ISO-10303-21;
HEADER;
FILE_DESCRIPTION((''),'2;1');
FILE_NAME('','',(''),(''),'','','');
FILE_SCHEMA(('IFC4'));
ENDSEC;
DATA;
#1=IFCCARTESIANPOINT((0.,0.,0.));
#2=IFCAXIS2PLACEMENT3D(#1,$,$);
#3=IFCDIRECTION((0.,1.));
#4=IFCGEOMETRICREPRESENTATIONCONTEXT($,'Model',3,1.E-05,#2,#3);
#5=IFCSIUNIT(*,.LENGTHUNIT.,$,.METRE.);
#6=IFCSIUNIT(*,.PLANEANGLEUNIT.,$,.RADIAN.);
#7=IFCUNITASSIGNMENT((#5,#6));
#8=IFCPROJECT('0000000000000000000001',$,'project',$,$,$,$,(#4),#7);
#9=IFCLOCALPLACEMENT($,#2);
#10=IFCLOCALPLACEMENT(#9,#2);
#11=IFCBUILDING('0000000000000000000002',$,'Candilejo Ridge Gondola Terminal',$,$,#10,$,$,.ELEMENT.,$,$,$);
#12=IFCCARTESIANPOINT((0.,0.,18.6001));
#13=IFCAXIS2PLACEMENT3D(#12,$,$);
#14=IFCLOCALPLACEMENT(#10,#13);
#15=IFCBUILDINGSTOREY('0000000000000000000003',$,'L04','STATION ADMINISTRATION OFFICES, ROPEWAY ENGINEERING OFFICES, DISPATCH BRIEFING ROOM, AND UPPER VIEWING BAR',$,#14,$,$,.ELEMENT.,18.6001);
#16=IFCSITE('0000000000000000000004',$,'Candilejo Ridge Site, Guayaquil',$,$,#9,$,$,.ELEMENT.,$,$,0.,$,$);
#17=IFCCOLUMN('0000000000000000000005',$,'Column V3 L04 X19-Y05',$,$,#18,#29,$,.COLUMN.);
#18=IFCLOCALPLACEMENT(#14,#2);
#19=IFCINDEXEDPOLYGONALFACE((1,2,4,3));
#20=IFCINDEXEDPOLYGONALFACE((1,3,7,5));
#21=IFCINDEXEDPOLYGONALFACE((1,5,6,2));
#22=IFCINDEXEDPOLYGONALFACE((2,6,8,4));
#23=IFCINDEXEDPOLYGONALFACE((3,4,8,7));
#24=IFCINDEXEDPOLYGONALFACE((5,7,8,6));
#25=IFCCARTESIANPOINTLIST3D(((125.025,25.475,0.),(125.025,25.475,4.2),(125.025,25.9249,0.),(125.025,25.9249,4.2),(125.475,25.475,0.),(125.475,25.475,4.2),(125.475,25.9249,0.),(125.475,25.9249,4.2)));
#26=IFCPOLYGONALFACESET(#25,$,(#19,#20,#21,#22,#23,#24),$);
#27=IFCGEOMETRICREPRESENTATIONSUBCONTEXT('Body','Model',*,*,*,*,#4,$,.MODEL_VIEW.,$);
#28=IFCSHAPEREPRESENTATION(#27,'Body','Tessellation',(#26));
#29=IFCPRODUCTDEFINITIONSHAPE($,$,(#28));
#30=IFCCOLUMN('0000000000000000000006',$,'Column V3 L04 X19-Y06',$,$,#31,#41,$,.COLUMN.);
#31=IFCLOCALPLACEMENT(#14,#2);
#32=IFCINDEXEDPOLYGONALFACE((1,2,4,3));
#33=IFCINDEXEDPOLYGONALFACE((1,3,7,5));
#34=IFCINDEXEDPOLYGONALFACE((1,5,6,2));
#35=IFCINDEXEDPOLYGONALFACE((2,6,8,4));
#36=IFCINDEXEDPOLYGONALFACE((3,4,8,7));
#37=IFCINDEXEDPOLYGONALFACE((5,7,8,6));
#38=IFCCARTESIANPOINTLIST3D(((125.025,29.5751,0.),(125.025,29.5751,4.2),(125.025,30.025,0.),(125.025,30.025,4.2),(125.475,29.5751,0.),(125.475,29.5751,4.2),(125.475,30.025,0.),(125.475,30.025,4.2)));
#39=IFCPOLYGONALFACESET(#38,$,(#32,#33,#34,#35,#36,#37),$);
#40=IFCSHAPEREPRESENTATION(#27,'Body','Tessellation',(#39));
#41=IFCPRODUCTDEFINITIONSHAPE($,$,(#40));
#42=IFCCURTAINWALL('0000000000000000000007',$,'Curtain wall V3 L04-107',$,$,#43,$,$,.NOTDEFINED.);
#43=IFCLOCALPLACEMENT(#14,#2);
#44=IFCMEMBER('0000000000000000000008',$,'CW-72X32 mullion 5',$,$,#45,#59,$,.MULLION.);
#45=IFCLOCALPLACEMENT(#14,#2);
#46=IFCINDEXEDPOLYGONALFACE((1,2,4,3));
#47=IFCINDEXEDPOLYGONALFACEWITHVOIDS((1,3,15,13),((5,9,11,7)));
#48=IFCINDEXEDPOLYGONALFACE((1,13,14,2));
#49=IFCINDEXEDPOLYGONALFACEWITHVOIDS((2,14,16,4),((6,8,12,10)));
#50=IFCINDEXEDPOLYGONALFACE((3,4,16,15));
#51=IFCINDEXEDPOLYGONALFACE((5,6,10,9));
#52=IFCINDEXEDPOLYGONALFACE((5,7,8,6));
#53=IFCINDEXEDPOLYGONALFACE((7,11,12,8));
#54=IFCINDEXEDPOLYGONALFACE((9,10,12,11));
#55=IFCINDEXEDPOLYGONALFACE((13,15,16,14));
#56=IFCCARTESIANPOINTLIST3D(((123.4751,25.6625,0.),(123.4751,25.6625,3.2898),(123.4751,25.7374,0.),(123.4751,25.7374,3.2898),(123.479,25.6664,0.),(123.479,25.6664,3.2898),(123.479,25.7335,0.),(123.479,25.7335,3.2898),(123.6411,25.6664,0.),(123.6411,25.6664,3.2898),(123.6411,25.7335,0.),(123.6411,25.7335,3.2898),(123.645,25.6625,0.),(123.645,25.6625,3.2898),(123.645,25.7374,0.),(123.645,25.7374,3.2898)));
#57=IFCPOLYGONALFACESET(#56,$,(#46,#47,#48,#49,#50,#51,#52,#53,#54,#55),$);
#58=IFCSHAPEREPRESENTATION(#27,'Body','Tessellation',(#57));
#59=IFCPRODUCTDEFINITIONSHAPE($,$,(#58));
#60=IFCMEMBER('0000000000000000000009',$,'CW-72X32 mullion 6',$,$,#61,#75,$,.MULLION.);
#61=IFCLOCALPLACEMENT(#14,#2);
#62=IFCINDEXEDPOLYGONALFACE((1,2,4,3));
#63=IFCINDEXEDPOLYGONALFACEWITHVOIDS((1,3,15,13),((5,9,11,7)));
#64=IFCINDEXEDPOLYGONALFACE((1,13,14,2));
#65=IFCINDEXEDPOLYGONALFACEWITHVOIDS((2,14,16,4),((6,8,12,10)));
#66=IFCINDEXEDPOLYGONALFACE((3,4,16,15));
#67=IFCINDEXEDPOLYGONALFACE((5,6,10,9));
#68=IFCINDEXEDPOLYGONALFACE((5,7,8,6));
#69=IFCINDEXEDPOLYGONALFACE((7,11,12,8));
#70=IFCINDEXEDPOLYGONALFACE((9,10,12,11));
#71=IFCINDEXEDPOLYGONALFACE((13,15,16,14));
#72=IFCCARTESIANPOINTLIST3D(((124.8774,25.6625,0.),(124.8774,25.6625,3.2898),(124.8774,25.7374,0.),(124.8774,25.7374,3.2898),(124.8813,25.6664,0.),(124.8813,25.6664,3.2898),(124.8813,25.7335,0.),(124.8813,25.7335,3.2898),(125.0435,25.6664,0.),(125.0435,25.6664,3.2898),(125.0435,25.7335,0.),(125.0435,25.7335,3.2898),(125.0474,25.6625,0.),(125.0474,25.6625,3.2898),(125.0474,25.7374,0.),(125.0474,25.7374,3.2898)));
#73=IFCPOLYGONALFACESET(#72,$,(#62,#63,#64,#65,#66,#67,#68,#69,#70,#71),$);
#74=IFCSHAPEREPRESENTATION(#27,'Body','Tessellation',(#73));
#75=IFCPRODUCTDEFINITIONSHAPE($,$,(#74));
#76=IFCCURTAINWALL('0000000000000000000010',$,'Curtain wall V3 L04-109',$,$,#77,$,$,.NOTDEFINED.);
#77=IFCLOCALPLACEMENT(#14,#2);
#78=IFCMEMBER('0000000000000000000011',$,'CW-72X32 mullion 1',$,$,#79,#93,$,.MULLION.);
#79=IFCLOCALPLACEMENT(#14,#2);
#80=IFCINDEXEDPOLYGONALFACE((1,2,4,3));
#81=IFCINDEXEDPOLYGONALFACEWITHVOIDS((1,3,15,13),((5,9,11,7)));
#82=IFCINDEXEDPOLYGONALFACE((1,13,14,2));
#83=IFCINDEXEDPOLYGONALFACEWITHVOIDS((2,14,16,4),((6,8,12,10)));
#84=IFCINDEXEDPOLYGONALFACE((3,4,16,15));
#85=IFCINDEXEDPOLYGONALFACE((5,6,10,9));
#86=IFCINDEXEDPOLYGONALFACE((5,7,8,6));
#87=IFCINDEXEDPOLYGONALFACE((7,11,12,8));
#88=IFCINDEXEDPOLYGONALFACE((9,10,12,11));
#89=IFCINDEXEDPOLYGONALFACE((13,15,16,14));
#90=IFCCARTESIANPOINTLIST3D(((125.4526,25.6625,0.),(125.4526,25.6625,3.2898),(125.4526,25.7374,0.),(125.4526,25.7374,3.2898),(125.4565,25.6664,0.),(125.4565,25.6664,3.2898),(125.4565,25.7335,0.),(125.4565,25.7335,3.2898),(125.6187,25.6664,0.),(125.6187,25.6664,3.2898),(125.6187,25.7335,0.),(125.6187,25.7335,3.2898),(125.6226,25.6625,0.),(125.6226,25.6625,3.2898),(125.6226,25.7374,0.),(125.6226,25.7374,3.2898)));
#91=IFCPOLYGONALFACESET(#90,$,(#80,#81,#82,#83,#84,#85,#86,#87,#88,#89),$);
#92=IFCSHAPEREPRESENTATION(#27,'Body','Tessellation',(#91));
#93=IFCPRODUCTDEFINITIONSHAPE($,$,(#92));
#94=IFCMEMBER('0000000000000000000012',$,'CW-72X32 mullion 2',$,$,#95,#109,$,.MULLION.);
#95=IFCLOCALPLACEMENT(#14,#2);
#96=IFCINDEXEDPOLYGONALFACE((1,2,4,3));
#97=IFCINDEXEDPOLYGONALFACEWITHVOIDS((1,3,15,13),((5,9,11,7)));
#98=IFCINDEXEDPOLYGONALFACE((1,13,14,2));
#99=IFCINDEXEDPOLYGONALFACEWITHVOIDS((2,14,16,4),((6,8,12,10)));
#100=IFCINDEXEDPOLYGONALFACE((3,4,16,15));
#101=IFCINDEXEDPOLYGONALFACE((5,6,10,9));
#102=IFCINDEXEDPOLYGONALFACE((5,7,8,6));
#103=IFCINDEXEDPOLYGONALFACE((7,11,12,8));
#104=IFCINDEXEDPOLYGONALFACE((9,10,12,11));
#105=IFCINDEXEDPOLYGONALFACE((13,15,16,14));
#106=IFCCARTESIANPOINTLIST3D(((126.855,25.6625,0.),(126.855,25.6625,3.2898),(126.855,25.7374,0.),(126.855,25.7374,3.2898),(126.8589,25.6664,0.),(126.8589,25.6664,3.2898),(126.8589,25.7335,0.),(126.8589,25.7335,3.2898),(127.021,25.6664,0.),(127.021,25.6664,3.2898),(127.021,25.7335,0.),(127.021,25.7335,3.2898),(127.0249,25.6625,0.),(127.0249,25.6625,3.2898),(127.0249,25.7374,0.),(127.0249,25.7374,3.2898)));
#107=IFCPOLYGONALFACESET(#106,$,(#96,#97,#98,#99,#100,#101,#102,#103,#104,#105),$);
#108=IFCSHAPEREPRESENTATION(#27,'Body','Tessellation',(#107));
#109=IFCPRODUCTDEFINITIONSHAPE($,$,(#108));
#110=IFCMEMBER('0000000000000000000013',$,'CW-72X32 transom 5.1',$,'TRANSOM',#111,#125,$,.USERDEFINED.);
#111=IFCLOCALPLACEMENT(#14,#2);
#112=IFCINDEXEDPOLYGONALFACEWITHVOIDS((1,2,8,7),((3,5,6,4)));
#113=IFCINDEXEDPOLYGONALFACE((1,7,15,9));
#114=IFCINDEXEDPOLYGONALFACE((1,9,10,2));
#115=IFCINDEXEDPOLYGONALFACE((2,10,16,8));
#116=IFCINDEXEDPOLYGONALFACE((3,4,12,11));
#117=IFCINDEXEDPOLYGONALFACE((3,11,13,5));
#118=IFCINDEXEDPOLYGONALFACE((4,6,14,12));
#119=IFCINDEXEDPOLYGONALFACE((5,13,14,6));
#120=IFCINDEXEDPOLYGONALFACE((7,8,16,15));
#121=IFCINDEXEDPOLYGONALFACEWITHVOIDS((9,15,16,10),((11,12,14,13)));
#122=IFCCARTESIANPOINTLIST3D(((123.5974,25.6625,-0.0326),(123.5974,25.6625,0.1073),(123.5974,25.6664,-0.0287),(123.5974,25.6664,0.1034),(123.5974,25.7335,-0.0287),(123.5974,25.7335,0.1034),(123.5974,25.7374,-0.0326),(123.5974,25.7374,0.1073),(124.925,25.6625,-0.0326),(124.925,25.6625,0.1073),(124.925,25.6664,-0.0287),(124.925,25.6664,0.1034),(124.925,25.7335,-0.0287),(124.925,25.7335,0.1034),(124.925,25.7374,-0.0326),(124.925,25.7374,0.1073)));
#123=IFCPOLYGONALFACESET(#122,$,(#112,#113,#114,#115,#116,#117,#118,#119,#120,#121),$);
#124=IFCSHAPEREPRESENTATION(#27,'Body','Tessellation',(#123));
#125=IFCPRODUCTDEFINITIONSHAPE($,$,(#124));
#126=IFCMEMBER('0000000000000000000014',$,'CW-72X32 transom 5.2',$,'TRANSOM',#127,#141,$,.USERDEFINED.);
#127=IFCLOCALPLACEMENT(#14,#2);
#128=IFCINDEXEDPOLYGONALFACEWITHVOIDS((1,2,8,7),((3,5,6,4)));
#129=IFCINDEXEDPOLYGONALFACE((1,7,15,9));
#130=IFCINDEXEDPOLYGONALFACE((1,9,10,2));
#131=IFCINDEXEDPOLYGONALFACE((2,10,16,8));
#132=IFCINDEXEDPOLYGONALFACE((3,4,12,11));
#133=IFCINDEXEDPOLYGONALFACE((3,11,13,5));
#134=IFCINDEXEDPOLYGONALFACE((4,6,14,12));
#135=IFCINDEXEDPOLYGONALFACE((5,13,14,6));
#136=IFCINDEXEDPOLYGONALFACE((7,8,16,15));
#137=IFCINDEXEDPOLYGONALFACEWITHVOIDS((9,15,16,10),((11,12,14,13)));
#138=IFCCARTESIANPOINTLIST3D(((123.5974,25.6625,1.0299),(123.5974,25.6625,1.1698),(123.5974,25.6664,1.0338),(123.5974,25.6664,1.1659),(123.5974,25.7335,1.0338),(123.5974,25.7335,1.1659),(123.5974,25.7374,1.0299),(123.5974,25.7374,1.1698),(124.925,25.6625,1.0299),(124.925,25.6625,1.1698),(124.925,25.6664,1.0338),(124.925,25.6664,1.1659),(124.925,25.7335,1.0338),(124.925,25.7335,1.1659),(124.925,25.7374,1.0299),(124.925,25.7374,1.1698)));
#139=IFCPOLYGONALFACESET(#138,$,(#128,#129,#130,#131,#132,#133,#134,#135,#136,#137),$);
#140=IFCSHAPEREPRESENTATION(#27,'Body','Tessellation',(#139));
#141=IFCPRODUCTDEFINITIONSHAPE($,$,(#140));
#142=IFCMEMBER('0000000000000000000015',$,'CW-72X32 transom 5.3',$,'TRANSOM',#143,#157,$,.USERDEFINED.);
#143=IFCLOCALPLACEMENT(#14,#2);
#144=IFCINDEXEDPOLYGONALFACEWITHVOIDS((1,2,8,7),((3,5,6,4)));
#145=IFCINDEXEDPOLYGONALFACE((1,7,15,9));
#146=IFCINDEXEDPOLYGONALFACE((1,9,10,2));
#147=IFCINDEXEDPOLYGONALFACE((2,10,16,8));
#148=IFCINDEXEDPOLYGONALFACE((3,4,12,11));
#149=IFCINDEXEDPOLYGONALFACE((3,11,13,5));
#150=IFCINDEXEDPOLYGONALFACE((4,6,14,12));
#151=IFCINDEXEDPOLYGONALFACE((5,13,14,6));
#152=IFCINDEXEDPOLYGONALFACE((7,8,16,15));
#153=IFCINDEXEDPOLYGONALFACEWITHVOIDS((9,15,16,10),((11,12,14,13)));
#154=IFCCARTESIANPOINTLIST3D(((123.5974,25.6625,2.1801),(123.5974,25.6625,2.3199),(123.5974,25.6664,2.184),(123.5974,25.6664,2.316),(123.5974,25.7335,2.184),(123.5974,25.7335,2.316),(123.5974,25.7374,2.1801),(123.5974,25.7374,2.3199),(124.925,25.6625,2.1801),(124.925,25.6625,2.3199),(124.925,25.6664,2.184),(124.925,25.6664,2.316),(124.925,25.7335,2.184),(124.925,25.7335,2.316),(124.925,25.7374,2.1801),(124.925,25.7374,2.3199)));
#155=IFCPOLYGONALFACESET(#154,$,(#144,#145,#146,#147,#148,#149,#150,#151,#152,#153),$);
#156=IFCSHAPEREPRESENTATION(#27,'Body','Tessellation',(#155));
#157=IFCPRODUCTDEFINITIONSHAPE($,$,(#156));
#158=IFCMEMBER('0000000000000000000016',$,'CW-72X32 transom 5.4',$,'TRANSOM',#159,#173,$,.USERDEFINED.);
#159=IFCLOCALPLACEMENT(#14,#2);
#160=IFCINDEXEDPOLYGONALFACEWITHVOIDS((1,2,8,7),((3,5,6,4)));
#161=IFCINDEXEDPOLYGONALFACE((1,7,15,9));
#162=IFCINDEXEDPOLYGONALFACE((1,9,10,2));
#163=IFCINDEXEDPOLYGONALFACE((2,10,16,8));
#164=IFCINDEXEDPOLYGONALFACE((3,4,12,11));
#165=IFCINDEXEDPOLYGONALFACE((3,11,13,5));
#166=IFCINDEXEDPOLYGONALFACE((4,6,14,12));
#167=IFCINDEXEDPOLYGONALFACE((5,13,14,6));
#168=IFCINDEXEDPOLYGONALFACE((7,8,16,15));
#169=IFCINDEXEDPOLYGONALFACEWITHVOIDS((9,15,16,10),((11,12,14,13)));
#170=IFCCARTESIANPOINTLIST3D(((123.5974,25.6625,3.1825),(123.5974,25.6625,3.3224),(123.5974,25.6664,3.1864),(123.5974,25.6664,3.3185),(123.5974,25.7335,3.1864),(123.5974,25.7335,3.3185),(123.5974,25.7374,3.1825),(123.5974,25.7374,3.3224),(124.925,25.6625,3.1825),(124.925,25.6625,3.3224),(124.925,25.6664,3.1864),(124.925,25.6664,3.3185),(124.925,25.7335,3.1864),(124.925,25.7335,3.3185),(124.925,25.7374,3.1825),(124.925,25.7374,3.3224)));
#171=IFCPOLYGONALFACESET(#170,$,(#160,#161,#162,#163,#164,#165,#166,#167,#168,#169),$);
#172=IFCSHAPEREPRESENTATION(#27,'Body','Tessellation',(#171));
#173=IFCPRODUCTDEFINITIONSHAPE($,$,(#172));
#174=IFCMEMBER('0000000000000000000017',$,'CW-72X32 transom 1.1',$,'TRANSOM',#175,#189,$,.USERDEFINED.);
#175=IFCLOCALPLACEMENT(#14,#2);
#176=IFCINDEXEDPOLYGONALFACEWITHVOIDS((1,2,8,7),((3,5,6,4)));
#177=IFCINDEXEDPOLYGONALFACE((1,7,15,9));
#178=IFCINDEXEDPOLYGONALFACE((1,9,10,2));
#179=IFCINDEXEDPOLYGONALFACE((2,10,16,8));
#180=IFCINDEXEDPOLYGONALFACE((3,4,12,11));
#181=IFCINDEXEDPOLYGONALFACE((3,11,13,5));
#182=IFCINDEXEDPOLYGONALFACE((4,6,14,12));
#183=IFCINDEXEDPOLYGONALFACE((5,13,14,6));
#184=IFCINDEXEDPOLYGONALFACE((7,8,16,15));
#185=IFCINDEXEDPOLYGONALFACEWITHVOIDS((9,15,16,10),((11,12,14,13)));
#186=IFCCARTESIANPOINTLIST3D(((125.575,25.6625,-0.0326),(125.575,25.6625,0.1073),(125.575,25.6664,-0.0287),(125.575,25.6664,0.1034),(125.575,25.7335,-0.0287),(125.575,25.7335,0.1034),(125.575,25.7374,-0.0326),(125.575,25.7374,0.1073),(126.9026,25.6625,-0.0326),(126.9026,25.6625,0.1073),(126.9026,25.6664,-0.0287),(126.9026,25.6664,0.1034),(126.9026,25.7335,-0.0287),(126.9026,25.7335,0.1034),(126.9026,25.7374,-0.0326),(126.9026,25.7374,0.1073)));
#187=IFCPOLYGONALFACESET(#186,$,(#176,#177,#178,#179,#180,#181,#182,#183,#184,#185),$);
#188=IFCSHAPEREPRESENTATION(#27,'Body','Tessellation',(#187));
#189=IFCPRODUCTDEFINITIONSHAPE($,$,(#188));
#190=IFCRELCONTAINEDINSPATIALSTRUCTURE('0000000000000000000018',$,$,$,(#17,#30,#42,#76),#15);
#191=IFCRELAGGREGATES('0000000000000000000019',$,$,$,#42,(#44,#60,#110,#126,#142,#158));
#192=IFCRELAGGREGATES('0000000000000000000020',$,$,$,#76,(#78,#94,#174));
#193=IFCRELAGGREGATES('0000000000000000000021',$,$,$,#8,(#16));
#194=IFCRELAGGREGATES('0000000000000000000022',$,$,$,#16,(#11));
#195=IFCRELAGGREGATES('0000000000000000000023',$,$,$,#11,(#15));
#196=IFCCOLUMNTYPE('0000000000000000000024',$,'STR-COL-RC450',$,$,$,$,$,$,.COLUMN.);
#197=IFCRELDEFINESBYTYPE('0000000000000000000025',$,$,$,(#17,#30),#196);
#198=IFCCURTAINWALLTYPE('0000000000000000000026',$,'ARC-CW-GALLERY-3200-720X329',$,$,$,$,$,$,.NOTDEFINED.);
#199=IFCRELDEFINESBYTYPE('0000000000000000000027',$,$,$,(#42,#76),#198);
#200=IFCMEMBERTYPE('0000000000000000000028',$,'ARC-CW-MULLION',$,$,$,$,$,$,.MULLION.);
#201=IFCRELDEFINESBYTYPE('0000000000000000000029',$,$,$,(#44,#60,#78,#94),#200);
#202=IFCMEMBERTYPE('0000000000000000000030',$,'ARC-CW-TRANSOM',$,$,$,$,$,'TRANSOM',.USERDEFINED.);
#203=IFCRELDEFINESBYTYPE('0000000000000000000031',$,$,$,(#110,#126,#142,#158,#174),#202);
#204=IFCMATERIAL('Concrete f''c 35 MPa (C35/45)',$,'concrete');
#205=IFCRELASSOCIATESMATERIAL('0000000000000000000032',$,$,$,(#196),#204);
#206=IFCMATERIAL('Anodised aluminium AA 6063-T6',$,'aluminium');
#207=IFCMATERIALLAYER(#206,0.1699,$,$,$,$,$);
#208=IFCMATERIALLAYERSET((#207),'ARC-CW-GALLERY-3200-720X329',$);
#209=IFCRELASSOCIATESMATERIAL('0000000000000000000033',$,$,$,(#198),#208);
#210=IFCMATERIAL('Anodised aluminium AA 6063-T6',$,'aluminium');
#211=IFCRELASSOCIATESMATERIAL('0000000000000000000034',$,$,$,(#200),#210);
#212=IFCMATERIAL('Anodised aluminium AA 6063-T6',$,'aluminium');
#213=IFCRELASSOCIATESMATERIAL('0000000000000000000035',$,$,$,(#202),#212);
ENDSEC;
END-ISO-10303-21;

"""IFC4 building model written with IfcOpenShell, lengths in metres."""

from ifc_helpers import new_model, si_unit, direction, frame, origin, origin_2d, place, context, subcontext, project, spatial, rectangle, hollow_rectangle, extrude, material, layer, layer_set, material_profile, profile_set, type_object, element, aggregate, save


model = new_model("IFC4")

# Units and contexts
model_context = context("Model", 3, precision=1e-05, world=origin(), true_north=direction((0.0, 1.0)))
body_context = subcontext(model_context, "Body", "Model", "MODEL_VIEW")
ifc_project = project(units=[si_unit("LENGTHUNIT", "METRE"), si_unit("PLANEANGLEUNIT", "RADIAN")], contexts=[model_context])

# Site, building, storey
site_placement = place(None, origin())
site = spatial("IfcSite", under=ifc_project, at=site_placement, Name="Candilejo Ridge Site, Guayaquil", CompositionType="ELEMENT", RefElevation=0.0)
building_placement = place(site_placement, origin())
building = spatial("IfcBuilding", under=site, at=building_placement, Name="Candilejo Ridge Gondola Terminal", CompositionType="ELEMENT")
storey_placement = place(building_placement, frame((0.0, 0.0, 18.6001)))
storey = spatial("IfcBuildingStorey", under=building, at=storey_placement, Name="L04", Description="STATION ADMINISTRATION OFFICES, ROPEWAY ENGINEERING OFFICES, DISPATCH BRIEFING ROOM, AND UPPER VIEWING BAR", CompositionType="ELEMENT", Elevation=18.6001)

# Columns
ifc_material_1 = material(Name="Concrete f'c 35 MPa (C35/45)", Category="concrete")
ifc_material_profile_1 = material_profile(ifc_material_1, rectangle(XDim=0.45, YDim=0.45, at=origin_2d()))
ifc_profile_set_1 = profile_set([ifc_material_profile_1], Name="Concrete f'c 35 MPa (C35/45)")
column_type = type_object("IfcColumnType", Name="STR-COL-RC450", PredefinedType="COLUMN", material=ifc_profile_set_1)
for number, where, z_axis, x_axis, name in (
    (1, (125.25, 25.7, 0.0), (0.0, 0.0, 1.0), (1.0, 0.0, 0.0), "Column V3 L04 X19-Y05"),
    (2, (125.25, 29.8, 0.0), (0.0, 0.0, 1.0), (1.0, 0.0, 0.0), "Column V3 L04 X19-Y06"),
):
    element("IfcColumn", number, at=place(storey_placement, frame(where, z_axis=z_axis, x_axis=x_axis)), inside=storey, type_object=column_type, Name=name, PredefinedType="COLUMN", context=body_context, shape_type="SweptSolid", body=[
        extrude(rectangle(XDim=0.45, YDim=0.45, at=origin_2d()), origin(), (0.0, 0.0, 1.0), 4.2),
    ])

# Curtain walls, members
ifc_material_2 = material(Name="Anodised aluminium AA 6063-T6", Category="aluminium")
ifc_layer_1 = layer(ifc_material_2, 0.1699)
ifc_layer_set_1 = layer_set([ifc_layer_1], Name="ARC-CW-GALLERY-3200-720X329")
curtain_wall_type = type_object("IfcCurtainWallType", Name="ARC-CW-GALLERY-3200-720X329", PredefinedType="NOTDEFINED", material=ifc_layer_set_1)
curtain_wall_1_placement = place(storey_placement, origin())
curtain_wall_1 = element("IfcCurtainWall", 3, at=curtain_wall_1_placement, inside=storey, type_object=curtain_wall_type, Name="Curtain wall V3 L04-107", PredefinedType="NOTDEFINED")
ifc_material_3 = material(Name="Anodised aluminium AA 6063-T6", Category="aluminium")
ifc_material_profile_2 = material_profile(ifc_material_3, hollow_rectangle(XDim=0.075, YDim=0.1699, WallThickness=0.0039, at=origin_2d()))
ifc_profile_set_2 = profile_set([ifc_material_profile_2], Name="Anodised aluminium AA 6063-T6")
member_type_1 = type_object("IfcMemberType", Name="ARC-CW-MULLION", PredefinedType="MULLION", material=ifc_profile_set_2)
member_1_placement = place(storey_placement, frame((123.5601, 25.7, 0.0), z_axis=(0.0, 0.0, 1.0), x_axis=(0.0, 1.0, 0.0)))
member_1 = element("IfcMember", 4, at=member_1_placement, type_object=member_type_1, Name="CW-72X32 mullion 5", PredefinedType="MULLION", context=body_context, shape_type="SweptSolid", body=[
    extrude(hollow_rectangle(XDim=0.075, YDim=0.1699, WallThickness=0.0039, at=origin_2d()), origin(), (0.0, 0.0, 1.0), 3.2898),
])
member_2_placement = place(storey_placement, frame((124.9624, 25.7, 0.0), z_axis=(0.0, 0.0, 1.0), x_axis=(0.0, 1.0, 0.0)))
member_2 = element("IfcMember", 5, at=member_2_placement, type_object=member_type_1, Name="CW-72X32 mullion 6", PredefinedType="MULLION", context=body_context, shape_type="SweptSolid", body=[
    extrude(hollow_rectangle(XDim=0.075, YDim=0.1699, WallThickness=0.0039, at=origin_2d()), origin(), (0.0, 0.0, 1.0), 3.2898),
])
curtain_wall_2_placement = place(storey_placement, origin())
curtain_wall_2 = element("IfcCurtainWall", 6, at=curtain_wall_2_placement, inside=storey, type_object=curtain_wall_type, Name="Curtain wall V3 L04-109", PredefinedType="NOTDEFINED")
member_3_placement = place(storey_placement, frame((125.5376, 25.7, 0.0), z_axis=(0.0, 0.0, 1.0), x_axis=(0.0, 1.0, 0.0)))
member_3 = element("IfcMember", 7, at=member_3_placement, type_object=member_type_1, Name="CW-72X32 mullion 1", PredefinedType="MULLION", context=body_context, shape_type="SweptSolid", body=[
    extrude(hollow_rectangle(XDim=0.075, YDim=0.1699, WallThickness=0.0039, at=origin_2d()), origin(), (0.0, 0.0, 1.0), 3.2898),
])
member_4_placement = place(storey_placement, frame((126.9399, 25.7, 0.0), z_axis=(0.0, 0.0, 1.0), x_axis=(0.0, 1.0, 0.0)))
member_4 = element("IfcMember", 8, at=member_4_placement, type_object=member_type_1, Name="CW-72X32 mullion 2", PredefinedType="MULLION", context=body_context, shape_type="SweptSolid", body=[
    extrude(hollow_rectangle(XDim=0.075, YDim=0.1699, WallThickness=0.0039, at=origin_2d()), origin(), (0.0, 0.0, 1.0), 3.2898),
])

# Members
ifc_material_4 = material(Name="Anodised aluminium AA 6063-T6", Category="aluminium")
ifc_material_profile_3 = material_profile(ifc_material_4, hollow_rectangle(XDim=0.075, YDim=0.1399, WallThickness=0.0039, at=origin_2d()))
ifc_profile_set_3 = profile_set([ifc_material_profile_3], Name="Anodised aluminium AA 6063-T6")
member_type_2 = type_object("IfcMemberType", Name="ARC-CW-TRANSOM", ElementType="TRANSOM", PredefinedType="USERDEFINED", material=ifc_profile_set_3)
member_5_placement = place(storey_placement, frame((123.5974, 25.7, 0.0374), z_axis=(1.0, 0.0, 0.0), x_axis=(0.0, 1.0, 0.0)))
member_5 = element("IfcMember", 9, at=member_5_placement, type_object=member_type_2, Name="CW-72X32 transom 5.1", ObjectType="TRANSOM", PredefinedType="USERDEFINED", context=body_context, shape_type="SweptSolid", body=[
    extrude(hollow_rectangle(XDim=0.075, YDim=0.1399, WallThickness=0.0039, at=origin_2d()), origin(), (0.0, 0.0, 1.0), 1.3276),
])
member_6_placement = place(storey_placement, frame((123.5974, 25.7, 1.0999), z_axis=(1.0, 0.0, 0.0), x_axis=(0.0, 1.0, 0.0)))
member_6 = element("IfcMember", 10, at=member_6_placement, type_object=member_type_2, Name="CW-72X32 transom 5.2", ObjectType="TRANSOM", PredefinedType="USERDEFINED", context=body_context, shape_type="SweptSolid", body=[
    extrude(hollow_rectangle(XDim=0.075, YDim=0.1399, WallThickness=0.0039, at=origin_2d()), origin(), (0.0, 0.0, 1.0), 1.3276),
])
member_7_placement = place(storey_placement, frame((123.5974, 25.7, 2.25), z_axis=(1.0, 0.0, 0.0), x_axis=(0.0, 1.0, 0.0)))
member_7 = element("IfcMember", 11, at=member_7_placement, type_object=member_type_2, Name="CW-72X32 transom 5.3", ObjectType="TRANSOM", PredefinedType="USERDEFINED", context=body_context, shape_type="SweptSolid", body=[
    extrude(hollow_rectangle(XDim=0.075, YDim=0.1399, WallThickness=0.0039, at=origin_2d()), origin(), (0.0, 0.0, 1.0), 1.3276),
])
member_8_placement = place(storey_placement, frame((123.5974, 25.7, 3.2524), z_axis=(1.0, 0.0, 0.0), x_axis=(0.0, 1.0, 0.0)))
member_8 = element("IfcMember", 12, at=member_8_placement, type_object=member_type_2, Name="CW-72X32 transom 5.4", ObjectType="TRANSOM", PredefinedType="USERDEFINED", context=body_context, shape_type="SweptSolid", body=[
    extrude(hollow_rectangle(XDim=0.075, YDim=0.1399, WallThickness=0.0039, at=origin_2d()), origin(), (0.0, 0.0, 1.0), 1.3276),
])
member_9_placement = place(storey_placement, frame((125.575, 25.7, 0.0374), z_axis=(1.0, 0.0, 0.0), x_axis=(0.0, 1.0, 0.0)))
member_9 = element("IfcMember", 13, at=member_9_placement, type_object=member_type_2, Name="CW-72X32 transom 1.1", ObjectType="TRANSOM", PredefinedType="USERDEFINED", context=body_context, shape_type="SweptSolid", body=[
    extrude(hollow_rectangle(XDim=0.075, YDim=0.1399, WallThickness=0.0039, at=origin_2d()), origin(), (0.0, 0.0, 1.0), 1.3276),
])

aggregate(curtain_wall_1, [member_1, member_2, member_5, member_6, member_7, member_8])
aggregate(curtain_wall_2, [member_3, member_4, member_9])

save(model, "model.ifc")
